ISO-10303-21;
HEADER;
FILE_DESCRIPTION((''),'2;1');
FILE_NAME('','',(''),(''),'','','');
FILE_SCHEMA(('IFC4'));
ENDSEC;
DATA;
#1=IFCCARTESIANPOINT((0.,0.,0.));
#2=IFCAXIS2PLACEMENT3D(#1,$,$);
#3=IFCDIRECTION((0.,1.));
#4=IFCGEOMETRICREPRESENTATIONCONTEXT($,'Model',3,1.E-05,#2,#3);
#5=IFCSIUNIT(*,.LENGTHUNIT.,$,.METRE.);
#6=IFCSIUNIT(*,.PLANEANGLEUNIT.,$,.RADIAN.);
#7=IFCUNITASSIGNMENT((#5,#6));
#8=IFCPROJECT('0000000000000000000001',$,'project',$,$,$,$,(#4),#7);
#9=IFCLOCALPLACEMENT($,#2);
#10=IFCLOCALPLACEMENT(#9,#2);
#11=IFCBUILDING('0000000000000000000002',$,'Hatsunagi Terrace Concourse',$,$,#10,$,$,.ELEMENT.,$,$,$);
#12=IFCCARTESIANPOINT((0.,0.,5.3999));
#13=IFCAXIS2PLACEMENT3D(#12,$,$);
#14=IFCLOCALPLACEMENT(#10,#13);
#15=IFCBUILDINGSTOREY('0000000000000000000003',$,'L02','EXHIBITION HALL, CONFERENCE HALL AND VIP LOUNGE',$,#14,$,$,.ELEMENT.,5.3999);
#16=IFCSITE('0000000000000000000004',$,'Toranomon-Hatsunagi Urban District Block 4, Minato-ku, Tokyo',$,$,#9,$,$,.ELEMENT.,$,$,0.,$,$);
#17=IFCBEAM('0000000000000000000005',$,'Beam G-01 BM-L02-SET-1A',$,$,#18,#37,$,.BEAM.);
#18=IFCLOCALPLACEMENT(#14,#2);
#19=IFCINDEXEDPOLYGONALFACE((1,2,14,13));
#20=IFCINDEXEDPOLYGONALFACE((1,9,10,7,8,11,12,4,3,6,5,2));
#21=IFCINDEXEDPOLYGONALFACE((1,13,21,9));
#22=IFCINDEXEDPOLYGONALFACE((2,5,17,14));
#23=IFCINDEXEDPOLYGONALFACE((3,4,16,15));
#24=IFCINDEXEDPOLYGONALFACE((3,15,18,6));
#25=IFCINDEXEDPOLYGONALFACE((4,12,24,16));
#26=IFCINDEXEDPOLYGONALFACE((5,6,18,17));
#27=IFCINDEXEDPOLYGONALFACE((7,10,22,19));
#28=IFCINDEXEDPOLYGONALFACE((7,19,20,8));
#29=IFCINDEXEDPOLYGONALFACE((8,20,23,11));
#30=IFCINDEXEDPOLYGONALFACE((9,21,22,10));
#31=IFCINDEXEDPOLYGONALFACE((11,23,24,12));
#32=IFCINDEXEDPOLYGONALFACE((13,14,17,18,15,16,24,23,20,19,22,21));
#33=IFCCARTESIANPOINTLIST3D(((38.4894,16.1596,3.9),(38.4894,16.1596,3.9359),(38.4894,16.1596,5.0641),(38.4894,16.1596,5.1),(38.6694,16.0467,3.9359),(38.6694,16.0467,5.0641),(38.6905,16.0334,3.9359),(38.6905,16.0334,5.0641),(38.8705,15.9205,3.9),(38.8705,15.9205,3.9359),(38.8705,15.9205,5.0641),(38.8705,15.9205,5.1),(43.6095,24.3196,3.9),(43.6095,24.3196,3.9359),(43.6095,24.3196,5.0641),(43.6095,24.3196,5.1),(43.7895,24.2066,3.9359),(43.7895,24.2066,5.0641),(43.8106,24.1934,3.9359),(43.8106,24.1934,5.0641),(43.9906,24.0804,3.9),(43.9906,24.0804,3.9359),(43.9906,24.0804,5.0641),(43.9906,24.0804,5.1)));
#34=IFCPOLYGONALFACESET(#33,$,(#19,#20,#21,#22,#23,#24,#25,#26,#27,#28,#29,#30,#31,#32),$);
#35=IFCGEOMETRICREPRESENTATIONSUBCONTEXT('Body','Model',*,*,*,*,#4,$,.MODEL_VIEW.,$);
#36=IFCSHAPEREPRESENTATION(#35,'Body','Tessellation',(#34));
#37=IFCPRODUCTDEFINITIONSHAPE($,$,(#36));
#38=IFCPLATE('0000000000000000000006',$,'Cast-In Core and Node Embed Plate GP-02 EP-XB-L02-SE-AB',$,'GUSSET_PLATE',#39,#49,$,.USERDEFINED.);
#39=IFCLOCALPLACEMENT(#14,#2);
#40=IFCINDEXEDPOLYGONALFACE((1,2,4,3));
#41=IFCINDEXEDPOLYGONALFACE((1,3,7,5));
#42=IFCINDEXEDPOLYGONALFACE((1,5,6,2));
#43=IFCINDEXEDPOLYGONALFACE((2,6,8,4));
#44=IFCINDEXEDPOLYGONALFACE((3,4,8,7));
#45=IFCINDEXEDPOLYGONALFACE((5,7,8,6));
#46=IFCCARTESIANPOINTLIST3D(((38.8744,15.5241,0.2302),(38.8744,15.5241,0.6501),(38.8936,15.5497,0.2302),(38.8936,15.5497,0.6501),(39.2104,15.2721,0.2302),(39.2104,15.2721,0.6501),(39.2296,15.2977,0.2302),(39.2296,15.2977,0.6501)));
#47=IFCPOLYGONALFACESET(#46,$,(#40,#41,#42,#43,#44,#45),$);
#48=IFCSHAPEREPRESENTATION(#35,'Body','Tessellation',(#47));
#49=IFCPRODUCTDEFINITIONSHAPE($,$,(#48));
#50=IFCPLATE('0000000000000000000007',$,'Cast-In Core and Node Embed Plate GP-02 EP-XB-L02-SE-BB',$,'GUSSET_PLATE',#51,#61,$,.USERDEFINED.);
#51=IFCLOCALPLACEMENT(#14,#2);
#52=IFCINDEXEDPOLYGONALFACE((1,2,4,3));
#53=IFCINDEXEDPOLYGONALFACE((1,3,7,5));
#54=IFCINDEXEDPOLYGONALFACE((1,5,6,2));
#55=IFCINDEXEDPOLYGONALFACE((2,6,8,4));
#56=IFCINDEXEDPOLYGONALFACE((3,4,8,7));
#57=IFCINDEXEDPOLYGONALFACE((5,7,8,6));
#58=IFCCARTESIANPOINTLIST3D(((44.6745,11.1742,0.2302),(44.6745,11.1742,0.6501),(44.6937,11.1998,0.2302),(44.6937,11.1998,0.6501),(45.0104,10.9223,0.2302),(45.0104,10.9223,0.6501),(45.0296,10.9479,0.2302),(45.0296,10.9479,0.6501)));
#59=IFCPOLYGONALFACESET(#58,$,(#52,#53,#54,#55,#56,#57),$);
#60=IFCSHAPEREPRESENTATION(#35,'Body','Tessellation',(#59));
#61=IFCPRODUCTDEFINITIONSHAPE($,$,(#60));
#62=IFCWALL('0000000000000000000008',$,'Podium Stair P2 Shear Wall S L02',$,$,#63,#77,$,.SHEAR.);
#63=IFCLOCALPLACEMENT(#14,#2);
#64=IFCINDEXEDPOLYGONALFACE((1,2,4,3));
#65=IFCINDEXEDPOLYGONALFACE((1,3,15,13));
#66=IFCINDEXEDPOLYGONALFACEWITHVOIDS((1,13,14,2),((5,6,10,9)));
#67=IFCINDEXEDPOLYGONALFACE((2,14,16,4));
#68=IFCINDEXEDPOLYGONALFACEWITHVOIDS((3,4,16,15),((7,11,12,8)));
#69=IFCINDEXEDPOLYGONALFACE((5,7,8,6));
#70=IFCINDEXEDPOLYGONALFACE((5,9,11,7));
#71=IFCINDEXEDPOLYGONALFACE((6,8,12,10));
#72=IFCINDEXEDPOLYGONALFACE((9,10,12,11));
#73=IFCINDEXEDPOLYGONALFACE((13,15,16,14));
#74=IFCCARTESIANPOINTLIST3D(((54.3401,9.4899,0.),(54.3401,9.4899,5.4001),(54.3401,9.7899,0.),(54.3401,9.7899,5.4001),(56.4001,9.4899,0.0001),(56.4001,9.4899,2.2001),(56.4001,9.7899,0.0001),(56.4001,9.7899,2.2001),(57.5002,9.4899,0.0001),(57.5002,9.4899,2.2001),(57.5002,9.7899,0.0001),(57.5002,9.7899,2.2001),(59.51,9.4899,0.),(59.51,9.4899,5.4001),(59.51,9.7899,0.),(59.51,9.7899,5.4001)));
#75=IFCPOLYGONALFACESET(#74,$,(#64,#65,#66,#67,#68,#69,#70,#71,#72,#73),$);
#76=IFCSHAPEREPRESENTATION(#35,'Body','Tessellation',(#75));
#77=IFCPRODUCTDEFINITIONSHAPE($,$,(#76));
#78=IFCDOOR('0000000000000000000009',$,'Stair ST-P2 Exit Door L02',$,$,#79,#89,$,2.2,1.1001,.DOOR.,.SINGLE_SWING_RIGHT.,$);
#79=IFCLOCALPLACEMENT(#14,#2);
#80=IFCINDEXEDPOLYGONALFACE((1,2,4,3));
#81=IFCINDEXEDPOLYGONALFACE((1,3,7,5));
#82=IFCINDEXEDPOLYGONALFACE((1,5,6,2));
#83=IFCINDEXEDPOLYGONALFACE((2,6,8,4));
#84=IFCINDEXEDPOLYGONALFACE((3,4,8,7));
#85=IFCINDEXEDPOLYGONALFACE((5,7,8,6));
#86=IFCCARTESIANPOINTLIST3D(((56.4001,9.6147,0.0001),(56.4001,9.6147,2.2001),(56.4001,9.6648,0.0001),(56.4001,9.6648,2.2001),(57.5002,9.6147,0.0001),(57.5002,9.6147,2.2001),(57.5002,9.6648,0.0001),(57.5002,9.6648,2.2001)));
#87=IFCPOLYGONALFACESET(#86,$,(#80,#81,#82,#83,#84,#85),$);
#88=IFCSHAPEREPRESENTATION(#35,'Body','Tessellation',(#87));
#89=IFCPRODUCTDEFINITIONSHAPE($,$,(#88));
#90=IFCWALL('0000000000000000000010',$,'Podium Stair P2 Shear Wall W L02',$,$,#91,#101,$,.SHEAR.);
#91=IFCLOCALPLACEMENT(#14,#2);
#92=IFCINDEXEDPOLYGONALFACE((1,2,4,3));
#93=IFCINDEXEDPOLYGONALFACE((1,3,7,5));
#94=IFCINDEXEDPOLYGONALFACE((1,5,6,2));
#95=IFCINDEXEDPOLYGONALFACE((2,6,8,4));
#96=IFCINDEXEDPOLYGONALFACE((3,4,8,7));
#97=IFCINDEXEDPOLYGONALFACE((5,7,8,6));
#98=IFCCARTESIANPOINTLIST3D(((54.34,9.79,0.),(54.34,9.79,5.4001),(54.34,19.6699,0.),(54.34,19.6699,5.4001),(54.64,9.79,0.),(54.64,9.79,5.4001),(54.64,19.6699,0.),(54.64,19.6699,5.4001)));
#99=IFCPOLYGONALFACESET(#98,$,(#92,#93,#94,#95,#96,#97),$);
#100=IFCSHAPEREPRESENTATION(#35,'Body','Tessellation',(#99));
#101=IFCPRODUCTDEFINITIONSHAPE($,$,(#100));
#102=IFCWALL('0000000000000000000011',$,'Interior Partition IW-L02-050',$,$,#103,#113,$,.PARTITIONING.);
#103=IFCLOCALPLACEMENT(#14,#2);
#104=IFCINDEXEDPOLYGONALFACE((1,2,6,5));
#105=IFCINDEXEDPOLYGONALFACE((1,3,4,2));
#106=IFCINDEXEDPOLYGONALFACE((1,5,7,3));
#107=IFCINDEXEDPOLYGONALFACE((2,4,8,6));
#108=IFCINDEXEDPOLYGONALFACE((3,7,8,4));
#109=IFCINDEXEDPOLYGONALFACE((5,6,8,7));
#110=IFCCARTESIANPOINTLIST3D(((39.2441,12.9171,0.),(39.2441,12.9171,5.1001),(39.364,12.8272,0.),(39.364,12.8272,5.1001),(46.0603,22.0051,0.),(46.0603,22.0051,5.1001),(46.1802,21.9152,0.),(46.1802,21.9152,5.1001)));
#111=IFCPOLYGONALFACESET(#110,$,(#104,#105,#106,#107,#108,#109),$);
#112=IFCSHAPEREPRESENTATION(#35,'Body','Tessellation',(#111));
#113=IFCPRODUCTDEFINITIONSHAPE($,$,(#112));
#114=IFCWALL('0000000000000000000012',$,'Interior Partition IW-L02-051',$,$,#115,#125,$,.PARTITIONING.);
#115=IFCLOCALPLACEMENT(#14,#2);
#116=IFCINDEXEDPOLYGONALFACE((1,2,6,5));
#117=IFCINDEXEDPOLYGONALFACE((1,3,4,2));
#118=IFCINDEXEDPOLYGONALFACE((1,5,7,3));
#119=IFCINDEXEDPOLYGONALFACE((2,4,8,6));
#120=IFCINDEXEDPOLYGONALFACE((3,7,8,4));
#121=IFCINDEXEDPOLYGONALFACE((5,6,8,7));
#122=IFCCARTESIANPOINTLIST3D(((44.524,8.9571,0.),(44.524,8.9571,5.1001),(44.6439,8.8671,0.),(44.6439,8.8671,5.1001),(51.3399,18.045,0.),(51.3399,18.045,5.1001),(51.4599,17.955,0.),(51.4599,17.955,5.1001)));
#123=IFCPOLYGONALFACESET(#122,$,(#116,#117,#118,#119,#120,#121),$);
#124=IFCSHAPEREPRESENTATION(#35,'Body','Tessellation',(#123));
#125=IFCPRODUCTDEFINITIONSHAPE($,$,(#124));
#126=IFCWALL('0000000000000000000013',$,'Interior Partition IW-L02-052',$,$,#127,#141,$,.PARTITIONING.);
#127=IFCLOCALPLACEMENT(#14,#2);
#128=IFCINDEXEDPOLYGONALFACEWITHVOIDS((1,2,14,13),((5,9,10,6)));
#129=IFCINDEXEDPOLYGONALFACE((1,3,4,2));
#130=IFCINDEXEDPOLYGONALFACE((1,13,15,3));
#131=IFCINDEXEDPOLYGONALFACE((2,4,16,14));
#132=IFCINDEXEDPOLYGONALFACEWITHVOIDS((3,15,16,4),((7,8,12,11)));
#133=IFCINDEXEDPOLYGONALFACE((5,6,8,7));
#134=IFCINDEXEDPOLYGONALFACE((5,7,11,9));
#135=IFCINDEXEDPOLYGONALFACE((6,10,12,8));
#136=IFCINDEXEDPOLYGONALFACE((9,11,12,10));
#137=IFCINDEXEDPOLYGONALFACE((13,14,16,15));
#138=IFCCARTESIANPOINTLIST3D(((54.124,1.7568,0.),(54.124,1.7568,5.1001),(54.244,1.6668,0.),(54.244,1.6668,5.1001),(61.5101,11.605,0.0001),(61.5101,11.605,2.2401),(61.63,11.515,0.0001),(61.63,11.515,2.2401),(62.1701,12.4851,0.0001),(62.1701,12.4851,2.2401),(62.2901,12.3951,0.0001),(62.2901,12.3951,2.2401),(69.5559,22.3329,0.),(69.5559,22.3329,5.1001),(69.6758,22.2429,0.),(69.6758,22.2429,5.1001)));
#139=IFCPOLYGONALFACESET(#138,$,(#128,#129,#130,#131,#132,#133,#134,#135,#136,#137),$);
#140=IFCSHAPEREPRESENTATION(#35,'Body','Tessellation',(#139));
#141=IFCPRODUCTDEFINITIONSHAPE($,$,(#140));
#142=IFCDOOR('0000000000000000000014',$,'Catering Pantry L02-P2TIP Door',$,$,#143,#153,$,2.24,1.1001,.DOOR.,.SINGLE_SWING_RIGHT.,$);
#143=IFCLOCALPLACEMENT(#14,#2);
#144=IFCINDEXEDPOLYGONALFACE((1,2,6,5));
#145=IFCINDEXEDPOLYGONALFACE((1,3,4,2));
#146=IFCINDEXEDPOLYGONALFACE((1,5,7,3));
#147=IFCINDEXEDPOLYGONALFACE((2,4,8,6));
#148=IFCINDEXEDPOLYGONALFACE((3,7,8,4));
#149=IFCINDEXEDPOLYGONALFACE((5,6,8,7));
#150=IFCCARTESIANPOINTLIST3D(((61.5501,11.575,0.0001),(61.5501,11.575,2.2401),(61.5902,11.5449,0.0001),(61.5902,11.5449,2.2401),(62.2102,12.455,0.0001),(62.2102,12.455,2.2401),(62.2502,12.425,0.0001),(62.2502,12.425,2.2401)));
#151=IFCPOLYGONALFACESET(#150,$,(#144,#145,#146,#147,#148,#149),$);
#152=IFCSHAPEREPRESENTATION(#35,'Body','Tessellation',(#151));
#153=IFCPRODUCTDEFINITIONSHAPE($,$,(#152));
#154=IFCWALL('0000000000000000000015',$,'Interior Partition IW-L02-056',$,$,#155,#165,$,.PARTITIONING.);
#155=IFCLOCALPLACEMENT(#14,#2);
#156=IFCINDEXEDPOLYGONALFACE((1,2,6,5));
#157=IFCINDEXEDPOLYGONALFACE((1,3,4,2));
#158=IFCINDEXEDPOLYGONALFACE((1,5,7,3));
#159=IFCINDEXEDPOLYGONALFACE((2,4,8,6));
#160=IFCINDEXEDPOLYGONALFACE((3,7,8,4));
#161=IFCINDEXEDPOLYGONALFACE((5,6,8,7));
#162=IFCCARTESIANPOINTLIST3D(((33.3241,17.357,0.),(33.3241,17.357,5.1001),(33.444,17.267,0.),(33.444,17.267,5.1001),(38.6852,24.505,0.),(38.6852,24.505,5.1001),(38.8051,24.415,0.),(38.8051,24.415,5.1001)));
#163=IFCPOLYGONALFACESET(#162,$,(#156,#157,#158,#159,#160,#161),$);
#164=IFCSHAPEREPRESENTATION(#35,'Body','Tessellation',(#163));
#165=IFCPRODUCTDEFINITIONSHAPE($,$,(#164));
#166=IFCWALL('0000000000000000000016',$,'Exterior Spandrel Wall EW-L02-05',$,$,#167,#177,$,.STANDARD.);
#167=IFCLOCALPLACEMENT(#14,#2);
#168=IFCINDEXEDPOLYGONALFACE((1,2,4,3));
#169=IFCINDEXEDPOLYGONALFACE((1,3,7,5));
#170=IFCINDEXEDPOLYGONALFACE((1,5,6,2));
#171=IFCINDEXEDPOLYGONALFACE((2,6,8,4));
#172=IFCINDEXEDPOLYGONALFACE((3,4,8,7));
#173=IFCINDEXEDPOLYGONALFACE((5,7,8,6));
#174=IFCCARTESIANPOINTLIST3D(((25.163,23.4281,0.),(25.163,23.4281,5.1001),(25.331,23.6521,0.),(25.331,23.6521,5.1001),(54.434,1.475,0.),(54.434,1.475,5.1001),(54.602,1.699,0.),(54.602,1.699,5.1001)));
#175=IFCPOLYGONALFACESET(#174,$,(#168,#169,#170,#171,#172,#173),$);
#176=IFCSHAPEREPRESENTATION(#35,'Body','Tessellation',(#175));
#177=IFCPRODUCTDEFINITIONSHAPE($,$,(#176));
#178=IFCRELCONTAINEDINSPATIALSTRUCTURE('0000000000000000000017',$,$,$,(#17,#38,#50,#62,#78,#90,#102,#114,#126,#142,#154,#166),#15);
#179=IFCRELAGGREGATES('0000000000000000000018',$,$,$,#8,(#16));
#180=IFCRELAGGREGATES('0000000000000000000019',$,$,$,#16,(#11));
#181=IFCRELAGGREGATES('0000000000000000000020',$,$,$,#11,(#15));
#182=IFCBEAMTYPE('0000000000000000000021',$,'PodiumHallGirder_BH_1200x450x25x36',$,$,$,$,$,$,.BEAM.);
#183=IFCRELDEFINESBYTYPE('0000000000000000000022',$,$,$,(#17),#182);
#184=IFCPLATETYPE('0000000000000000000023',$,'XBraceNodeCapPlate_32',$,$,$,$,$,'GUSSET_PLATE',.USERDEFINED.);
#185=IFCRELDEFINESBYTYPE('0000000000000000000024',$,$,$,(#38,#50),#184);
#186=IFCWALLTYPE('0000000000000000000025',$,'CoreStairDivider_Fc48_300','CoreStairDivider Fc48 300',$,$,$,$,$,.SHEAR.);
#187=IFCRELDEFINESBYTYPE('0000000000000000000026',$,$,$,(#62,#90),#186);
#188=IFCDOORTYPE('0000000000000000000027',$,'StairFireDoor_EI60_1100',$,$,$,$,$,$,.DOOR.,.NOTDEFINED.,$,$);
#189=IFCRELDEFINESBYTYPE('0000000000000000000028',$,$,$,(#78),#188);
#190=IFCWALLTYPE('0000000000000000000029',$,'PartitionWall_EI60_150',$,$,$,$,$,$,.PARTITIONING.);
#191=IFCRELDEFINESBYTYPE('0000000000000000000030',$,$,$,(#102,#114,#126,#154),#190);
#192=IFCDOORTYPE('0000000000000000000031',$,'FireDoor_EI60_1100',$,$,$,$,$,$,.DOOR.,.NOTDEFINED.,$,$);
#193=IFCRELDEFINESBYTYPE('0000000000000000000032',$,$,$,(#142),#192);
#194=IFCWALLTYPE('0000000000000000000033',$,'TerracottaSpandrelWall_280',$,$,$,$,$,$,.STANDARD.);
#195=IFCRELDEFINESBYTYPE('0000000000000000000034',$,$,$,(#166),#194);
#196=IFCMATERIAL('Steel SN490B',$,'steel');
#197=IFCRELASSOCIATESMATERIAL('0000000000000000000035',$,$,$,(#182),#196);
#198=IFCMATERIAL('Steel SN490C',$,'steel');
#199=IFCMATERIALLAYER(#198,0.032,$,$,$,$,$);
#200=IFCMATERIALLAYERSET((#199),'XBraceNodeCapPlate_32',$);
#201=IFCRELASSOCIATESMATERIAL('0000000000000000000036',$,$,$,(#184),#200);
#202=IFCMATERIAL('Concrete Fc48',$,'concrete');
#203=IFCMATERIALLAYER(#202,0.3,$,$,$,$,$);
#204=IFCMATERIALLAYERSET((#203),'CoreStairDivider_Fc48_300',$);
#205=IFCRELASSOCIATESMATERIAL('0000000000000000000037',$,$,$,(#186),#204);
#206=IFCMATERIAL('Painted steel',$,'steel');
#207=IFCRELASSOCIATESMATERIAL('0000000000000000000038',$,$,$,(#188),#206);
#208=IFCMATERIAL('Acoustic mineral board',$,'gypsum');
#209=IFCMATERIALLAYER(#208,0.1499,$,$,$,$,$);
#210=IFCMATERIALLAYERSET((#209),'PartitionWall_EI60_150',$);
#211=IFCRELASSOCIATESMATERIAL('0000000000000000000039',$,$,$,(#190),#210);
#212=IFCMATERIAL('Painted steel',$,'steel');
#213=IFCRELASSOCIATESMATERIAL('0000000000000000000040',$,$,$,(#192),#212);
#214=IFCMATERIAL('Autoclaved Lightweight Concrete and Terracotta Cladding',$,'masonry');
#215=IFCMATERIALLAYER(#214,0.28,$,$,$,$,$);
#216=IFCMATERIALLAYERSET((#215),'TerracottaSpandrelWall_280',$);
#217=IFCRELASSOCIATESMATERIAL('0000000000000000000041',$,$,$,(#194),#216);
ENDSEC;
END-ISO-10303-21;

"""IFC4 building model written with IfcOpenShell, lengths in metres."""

from ifc_helpers import new_model, si_unit, direction, frame, frame_2d, origin, origin_2d, place, context, subcontext, project, spatial, rectangle, i_section, extrude, material, layer, layer_set, material_profile, profile_set, type_object, element, fill, save


model = new_model("IFC4")

# Units and contexts
model_context = context("Model", 3, precision=1e-05, world=origin(), true_north=direction((0.0, 1.0)))
body_context = subcontext(model_context, "Body", "Model", "MODEL_VIEW")
ifc_project = project(units=[si_unit("LENGTHUNIT", "METRE"), si_unit("PLANEANGLEUNIT", "RADIAN")], contexts=[model_context])

# Site, building, storey
site_placement = place(None, origin())
site = spatial("IfcSite", under=ifc_project, at=site_placement, Name="Toranomon-Hatsunagi Urban District Block 4, Minato-ku, Tokyo", CompositionType="ELEMENT", RefElevation=0.0)
building_placement = place(site_placement, origin())
building = spatial("IfcBuilding", under=site, at=building_placement, Name="Hatsunagi Terrace Concourse", CompositionType="ELEMENT")
storey_placement = place(building_placement, frame((0.0, 0.0, 5.3999)))
storey = spatial("IfcBuildingStorey", under=building, at=storey_placement, Name="L02", Description="EXHIBITION HALL, CONFERENCE HALL AND VIP LOUNGE", CompositionType="ELEMENT", Elevation=5.3999)

# Beam
ifc_material_1 = material(Name="Steel SN490B", Category="steel")
ifc_material_profile_1 = material_profile(ifc_material_1, i_section(OverallWidth=0.45, OverallDepth=1.2, WebThickness=0.0249, FlangeThickness=0.0359, at=origin_2d()), Name="BH-1200x450x25x36")
ifc_profile_set_1 = profile_set([ifc_material_profile_1], Name="Steel SN490B")
beam_type_1 = type_object("IfcBeamType", Name="PodiumHallGirder_BH_1200x450x25x36", PredefinedType="BEAM", material=ifc_profile_set_1)
beam_1_placement = place(storey_placement, frame((38.6799, 16.04, 4.5), z_axis=(0.531504, 0.847056, 0.0), x_axis=(-0.847056, 0.531504, 0.0)))
element("IfcBeam", 1, at=beam_1_placement, inside=storey, type_object=beam_type_1, Name="Beam G-01 BM-L02-SET-1A", PredefinedType="BEAM", context=body_context, shape_type="SweptSolid", body=[
    extrude(i_section(OverallWidth=0.45, OverallDepth=1.2, WebThickness=0.0249, FlangeThickness=0.0359, at=origin_2d()), origin(), (0.0, 0.0, 1.0), 9.6333),
])

# Plates
ifc_material_2 = material(Name="Steel SN490C", Category="steel")
ifc_layer_1 = layer(ifc_material_2, 0.032)
ifc_layer_set_1 = layer_set([ifc_layer_1], Name="XBraceNodeCapPlate_32")
plate_type = type_object("IfcPlateType", Name="XBraceNodeCapPlate_32", ElementType="GUSSET_PLATE", PredefinedType="USERDEFINED", material=ifc_layer_set_1)
for number, where, z_axis, x_axis, name in (
    (2, (39.052, 15.4109, 0.2302), (0.0, 0.0, 1.0), (0.8, -0.6, 0.0), "Cast-In Core and Node Embed Plate GP-02 EP-XB-L02-SE-AB"),
    (3, (44.8521, 11.061, 0.2302), (0.0, 0.0, 1.0), (0.8, -0.6, 0.0), "Cast-In Core and Node Embed Plate GP-02 EP-XB-L02-SE-BB"),
):
    element("IfcPlate", number, at=place(storey_placement, frame(where, z_axis=z_axis, x_axis=x_axis)), inside=storey, type_object=plate_type, Name=name, ObjectType="GUSSET_PLATE", PredefinedType="USERDEFINED", context=body_context, shape_type="SweptSolid", body=[
        extrude(rectangle(XDim=0.4199, YDim=0.032, at=origin_2d()), origin(), (0.0, 0.0, 1.0), 0.4199),
    ])

# Wall, opening, door
ifc_material_3 = material(Name="Concrete Fc48", Category="concrete")
ifc_layer_2 = layer(ifc_material_3, 0.3)
ifc_layer_set_2 = layer_set([ifc_layer_2], Name="CoreStairDivider_Fc48_300")
wall_type_1 = type_object("IfcWallType", Name="CoreStairDivider_Fc48_300", Description="CoreStairDivider Fc48 300", PredefinedType="SHEAR", material=ifc_layer_set_2)
wall_1_placement = place(storey_placement, frame((54.3401, 9.6399, 0.0), z_axis=(0.0, 0.0, 1.0), x_axis=(1.0, 0.0, 0.0)))
wall_1 = element("IfcWall", 4, at=wall_1_placement, inside=storey, type_object=wall_type_1, Name="Podium Stair P2 Shear Wall S L02", PredefinedType="SHEAR", context=body_context, shape_type="SweptSolid", body=[
    extrude(rectangle(XDim=5.1699, YDim=0.3, at=frame_2d((2.585, 0.0))), origin(), (0.0, 0.0, 1.0), 5.4001),
])
opening_1_placement = place(wall_1_placement, frame((2.0601, 0.0, 0.0)))
opening_1 = element("IfcOpeningElement", 5, at=opening_1_placement, cuts=wall_1, PredefinedType="OPENING", context=body_context, shape_type="SweptSolid", body=[
    extrude(rectangle(XDim=1.1001, YDim=2.2, at=frame_2d((0.55, 1.1001))), frame((0.0, 0.1599, 0.0), z_axis=(0.0, -1.0, 0.0), x_axis=(1.0, 0.0, 0.0)), (0.0, 0.0, 1.0), 0.3201),
])
ifc_material_4 = material(Name="Painted steel", Category="steel")
door_type_1 = type_object("IfcDoorType", Name="StairFireDoor_EI60_1100", OperationType="NOTDEFINED", PredefinedType="DOOR", material=ifc_material_4)
door_1_placement = place(opening_1_placement, origin())
door_1 = element("IfcDoor", 6, at=door_1_placement, inside=storey, type_object=door_type_1, Name="Stair ST-P2 Exit Door L02", OperationType="SINGLE_SWING_RIGHT", OverallHeight=2.2, OverallWidth=1.1001, PredefinedType="DOOR", context=body_context, shape_type="SweptSolid", body=[
    extrude(rectangle(XDim=1.1001, YDim=2.2, at=frame_2d((0.55, 1.1001))), frame((0.0, 0.0249, 0.0), z_axis=(0.0, -1.0, 0.0), x_axis=(1.0, 0.0, 0.0)), (0.0, 0.0, 1.0), 0.05),
])
fill(opening_1, door_1)

# Walls
wall_2_placement = place(storey_placement, frame((54.49, 9.79, 0.0), z_axis=(0.0, 0.0, 1.0), x_axis=(0.0, 1.0, 0.0)))
element("IfcWall", 7, at=wall_2_placement, inside=storey, type_object=wall_type_1, Name="Podium Stair P2 Shear Wall W L02", PredefinedType="SHEAR", context=body_context, shape_type="SweptSolid", body=[
    extrude(rectangle(XDim=9.8799, YDim=0.3, at=frame_2d((4.9399, 0.0))), origin(), (0.0, 0.0, 1.0), 5.4001),
])
ifc_material_5 = material(Name="Acoustic mineral board", Category="gypsum")
ifc_layer_3 = layer(ifc_material_5, 0.1499)
ifc_layer_set_3 = layer_set([ifc_layer_3], Name="PartitionWall_EI60_150")
wall_type_2 = type_object("IfcWallType", Name="PartitionWall_EI60_150", PredefinedType="PARTITIONING", material=ifc_layer_set_3)
wall_3_placement = place(storey_placement, frame((39.304, 12.8721, 0.0), z_axis=(0.0, 0.0, 1.0), x_axis=(0.600014, 0.79999, 0.0)))
element("IfcWall", 8, at=wall_3_placement, inside=storey, type_object=wall_type_2, Name="Interior Partition IW-L02-050", PredefinedType="PARTITIONING", context=body_context, shape_type="SweptSolid", body=[
    extrude(rectangle(XDim=11.3601, YDim=0.1499, at=frame_2d((5.6802, 0.0))), origin(), (0.0, 0.0, 1.0), 5.1001),
])
wall_4_placement = place(storey_placement, frame((44.584, 8.9121, 0.0), z_axis=(0.0, 0.0, 1.0), x_axis=(0.6, 0.8, 0.0)))
element("IfcWall", 9, at=wall_4_placement, inside=storey, type_object=wall_type_2, Name="Interior Partition IW-L02-051", PredefinedType="PARTITIONING", context=body_context, shape_type="SweptSolid", body=[
    extrude(rectangle(XDim=11.3599, YDim=0.1499, at=frame_2d((5.6799, 0.0))), origin(), (0.0, 0.0, 1.0), 5.1001),
])

# Wall, opening, door
wall_5_placement = place(storey_placement, frame((54.1841, 1.7119, 0.0), z_axis=(0.0, 0.0, 1.0), x_axis=(0.599994, 0.800005, 0.0)))
wall_5 = element("IfcWall", 10, at=wall_5_placement, inside=storey, type_object=wall_type_2, Name="Interior Partition IW-L02-052", PredefinedType="PARTITIONING", context=body_context, shape_type="SweptSolid", body=[
    extrude(rectangle(XDim=25.72, YDim=0.1499, at=frame_2d((12.8599, 0.0))), origin(), (0.0, 0.0, 1.0), 5.1001),
])
opening_2_placement = place(wall_5_placement, frame((12.3101, 0.0, 0.0)))
opening_2 = element("IfcOpeningElement", 11, at=opening_2_placement, cuts=wall_5, PredefinedType="OPENING", context=body_context, shape_type="SweptSolid", body=[
    extrude(rectangle(XDim=1.1001, YDim=2.24, at=frame_2d((0.55, 1.1201))), frame((0.0, 0.085, 0.0), z_axis=(0.0, -1.0, 0.0), x_axis=(1.0, 0.0, 0.0)), (0.0, 0.0, 1.0), 0.1699),
])
ifc_material_6 = material(Name="Painted steel", Category="steel")
door_type_2 = type_object("IfcDoorType", Name="FireDoor_EI60_1100", OperationType="NOTDEFINED", PredefinedType="DOOR", material=ifc_material_6)
door_2_placement = place(opening_2_placement, origin())
door_2 = element("IfcDoor", 12, at=door_2_placement, inside=storey, type_object=door_type_2, Name="Catering Pantry L02-P2TIP Door", OperationType="SINGLE_SWING_RIGHT", OverallHeight=2.24, OverallWidth=1.1001, PredefinedType="DOOR", context=body_context, shape_type="SweptSolid", body=[
    extrude(rectangle(XDim=1.1001, YDim=2.24, at=frame_2d((0.55, 1.1201))), frame((0.0, 0.0249, 0.0), z_axis=(0.0, -1.0, 0.0), x_axis=(1.0, 0.0, 0.0)), (0.0, 0.0, 1.0), 0.05),
])
fill(opening_2, door_2)

# Walls
wall_6_placement = place(storey_placement, frame((33.384, 17.312, 0.0), z_axis=(0.0, 0.0, 1.0), x_axis=(0.600009, 0.799993, 0.0)))
element("IfcWall", 13, at=wall_6_placement, inside=storey, type_object=wall_type_2, Name="Interior Partition IW-L02-056", PredefinedType="PARTITIONING", context=body_context, shape_type="SweptSolid", body=[
    extrude(rectangle(XDim=8.9351, YDim=0.1499, at=frame_2d((4.4675, 0.0))), origin(), (0.0, 0.0, 1.0), 5.1001),
])
ifc_material_7 = material(Name="Autoclaved Lightweight Concrete and Terracotta Cladding", Category="masonry")
ifc_layer_4 = layer(ifc_material_7, 0.28)
ifc_layer_set_4 = layer_set([ifc_layer_4], Name="TerracottaSpandrelWall_280")
wall_type_3 = type_object("IfcWallType", Name="TerracottaSpandrelWall_280", PredefinedType="STANDARD", material=ifc_layer_set_4)
wall_7_placement = place(storey_placement, frame((54.5181, 1.5869, 0.0), z_axis=(0.0, 0.0, 1.0), x_axis=(-0.800002, 0.599998, 0.0)))
element("IfcWall", 14, at=wall_7_placement, inside=storey, type_object=wall_type_3, Name="Exterior Spandrel Wall EW-L02-05", PredefinedType="STANDARD", context=body_context, shape_type="SweptSolid", body=[
    extrude(rectangle(XDim=36.5886, YDim=0.28, at=frame_2d((18.2944, 0.0))), origin(), (0.0, 0.0, 1.0), 5.1001),
])

save(model, "model.ifc")
